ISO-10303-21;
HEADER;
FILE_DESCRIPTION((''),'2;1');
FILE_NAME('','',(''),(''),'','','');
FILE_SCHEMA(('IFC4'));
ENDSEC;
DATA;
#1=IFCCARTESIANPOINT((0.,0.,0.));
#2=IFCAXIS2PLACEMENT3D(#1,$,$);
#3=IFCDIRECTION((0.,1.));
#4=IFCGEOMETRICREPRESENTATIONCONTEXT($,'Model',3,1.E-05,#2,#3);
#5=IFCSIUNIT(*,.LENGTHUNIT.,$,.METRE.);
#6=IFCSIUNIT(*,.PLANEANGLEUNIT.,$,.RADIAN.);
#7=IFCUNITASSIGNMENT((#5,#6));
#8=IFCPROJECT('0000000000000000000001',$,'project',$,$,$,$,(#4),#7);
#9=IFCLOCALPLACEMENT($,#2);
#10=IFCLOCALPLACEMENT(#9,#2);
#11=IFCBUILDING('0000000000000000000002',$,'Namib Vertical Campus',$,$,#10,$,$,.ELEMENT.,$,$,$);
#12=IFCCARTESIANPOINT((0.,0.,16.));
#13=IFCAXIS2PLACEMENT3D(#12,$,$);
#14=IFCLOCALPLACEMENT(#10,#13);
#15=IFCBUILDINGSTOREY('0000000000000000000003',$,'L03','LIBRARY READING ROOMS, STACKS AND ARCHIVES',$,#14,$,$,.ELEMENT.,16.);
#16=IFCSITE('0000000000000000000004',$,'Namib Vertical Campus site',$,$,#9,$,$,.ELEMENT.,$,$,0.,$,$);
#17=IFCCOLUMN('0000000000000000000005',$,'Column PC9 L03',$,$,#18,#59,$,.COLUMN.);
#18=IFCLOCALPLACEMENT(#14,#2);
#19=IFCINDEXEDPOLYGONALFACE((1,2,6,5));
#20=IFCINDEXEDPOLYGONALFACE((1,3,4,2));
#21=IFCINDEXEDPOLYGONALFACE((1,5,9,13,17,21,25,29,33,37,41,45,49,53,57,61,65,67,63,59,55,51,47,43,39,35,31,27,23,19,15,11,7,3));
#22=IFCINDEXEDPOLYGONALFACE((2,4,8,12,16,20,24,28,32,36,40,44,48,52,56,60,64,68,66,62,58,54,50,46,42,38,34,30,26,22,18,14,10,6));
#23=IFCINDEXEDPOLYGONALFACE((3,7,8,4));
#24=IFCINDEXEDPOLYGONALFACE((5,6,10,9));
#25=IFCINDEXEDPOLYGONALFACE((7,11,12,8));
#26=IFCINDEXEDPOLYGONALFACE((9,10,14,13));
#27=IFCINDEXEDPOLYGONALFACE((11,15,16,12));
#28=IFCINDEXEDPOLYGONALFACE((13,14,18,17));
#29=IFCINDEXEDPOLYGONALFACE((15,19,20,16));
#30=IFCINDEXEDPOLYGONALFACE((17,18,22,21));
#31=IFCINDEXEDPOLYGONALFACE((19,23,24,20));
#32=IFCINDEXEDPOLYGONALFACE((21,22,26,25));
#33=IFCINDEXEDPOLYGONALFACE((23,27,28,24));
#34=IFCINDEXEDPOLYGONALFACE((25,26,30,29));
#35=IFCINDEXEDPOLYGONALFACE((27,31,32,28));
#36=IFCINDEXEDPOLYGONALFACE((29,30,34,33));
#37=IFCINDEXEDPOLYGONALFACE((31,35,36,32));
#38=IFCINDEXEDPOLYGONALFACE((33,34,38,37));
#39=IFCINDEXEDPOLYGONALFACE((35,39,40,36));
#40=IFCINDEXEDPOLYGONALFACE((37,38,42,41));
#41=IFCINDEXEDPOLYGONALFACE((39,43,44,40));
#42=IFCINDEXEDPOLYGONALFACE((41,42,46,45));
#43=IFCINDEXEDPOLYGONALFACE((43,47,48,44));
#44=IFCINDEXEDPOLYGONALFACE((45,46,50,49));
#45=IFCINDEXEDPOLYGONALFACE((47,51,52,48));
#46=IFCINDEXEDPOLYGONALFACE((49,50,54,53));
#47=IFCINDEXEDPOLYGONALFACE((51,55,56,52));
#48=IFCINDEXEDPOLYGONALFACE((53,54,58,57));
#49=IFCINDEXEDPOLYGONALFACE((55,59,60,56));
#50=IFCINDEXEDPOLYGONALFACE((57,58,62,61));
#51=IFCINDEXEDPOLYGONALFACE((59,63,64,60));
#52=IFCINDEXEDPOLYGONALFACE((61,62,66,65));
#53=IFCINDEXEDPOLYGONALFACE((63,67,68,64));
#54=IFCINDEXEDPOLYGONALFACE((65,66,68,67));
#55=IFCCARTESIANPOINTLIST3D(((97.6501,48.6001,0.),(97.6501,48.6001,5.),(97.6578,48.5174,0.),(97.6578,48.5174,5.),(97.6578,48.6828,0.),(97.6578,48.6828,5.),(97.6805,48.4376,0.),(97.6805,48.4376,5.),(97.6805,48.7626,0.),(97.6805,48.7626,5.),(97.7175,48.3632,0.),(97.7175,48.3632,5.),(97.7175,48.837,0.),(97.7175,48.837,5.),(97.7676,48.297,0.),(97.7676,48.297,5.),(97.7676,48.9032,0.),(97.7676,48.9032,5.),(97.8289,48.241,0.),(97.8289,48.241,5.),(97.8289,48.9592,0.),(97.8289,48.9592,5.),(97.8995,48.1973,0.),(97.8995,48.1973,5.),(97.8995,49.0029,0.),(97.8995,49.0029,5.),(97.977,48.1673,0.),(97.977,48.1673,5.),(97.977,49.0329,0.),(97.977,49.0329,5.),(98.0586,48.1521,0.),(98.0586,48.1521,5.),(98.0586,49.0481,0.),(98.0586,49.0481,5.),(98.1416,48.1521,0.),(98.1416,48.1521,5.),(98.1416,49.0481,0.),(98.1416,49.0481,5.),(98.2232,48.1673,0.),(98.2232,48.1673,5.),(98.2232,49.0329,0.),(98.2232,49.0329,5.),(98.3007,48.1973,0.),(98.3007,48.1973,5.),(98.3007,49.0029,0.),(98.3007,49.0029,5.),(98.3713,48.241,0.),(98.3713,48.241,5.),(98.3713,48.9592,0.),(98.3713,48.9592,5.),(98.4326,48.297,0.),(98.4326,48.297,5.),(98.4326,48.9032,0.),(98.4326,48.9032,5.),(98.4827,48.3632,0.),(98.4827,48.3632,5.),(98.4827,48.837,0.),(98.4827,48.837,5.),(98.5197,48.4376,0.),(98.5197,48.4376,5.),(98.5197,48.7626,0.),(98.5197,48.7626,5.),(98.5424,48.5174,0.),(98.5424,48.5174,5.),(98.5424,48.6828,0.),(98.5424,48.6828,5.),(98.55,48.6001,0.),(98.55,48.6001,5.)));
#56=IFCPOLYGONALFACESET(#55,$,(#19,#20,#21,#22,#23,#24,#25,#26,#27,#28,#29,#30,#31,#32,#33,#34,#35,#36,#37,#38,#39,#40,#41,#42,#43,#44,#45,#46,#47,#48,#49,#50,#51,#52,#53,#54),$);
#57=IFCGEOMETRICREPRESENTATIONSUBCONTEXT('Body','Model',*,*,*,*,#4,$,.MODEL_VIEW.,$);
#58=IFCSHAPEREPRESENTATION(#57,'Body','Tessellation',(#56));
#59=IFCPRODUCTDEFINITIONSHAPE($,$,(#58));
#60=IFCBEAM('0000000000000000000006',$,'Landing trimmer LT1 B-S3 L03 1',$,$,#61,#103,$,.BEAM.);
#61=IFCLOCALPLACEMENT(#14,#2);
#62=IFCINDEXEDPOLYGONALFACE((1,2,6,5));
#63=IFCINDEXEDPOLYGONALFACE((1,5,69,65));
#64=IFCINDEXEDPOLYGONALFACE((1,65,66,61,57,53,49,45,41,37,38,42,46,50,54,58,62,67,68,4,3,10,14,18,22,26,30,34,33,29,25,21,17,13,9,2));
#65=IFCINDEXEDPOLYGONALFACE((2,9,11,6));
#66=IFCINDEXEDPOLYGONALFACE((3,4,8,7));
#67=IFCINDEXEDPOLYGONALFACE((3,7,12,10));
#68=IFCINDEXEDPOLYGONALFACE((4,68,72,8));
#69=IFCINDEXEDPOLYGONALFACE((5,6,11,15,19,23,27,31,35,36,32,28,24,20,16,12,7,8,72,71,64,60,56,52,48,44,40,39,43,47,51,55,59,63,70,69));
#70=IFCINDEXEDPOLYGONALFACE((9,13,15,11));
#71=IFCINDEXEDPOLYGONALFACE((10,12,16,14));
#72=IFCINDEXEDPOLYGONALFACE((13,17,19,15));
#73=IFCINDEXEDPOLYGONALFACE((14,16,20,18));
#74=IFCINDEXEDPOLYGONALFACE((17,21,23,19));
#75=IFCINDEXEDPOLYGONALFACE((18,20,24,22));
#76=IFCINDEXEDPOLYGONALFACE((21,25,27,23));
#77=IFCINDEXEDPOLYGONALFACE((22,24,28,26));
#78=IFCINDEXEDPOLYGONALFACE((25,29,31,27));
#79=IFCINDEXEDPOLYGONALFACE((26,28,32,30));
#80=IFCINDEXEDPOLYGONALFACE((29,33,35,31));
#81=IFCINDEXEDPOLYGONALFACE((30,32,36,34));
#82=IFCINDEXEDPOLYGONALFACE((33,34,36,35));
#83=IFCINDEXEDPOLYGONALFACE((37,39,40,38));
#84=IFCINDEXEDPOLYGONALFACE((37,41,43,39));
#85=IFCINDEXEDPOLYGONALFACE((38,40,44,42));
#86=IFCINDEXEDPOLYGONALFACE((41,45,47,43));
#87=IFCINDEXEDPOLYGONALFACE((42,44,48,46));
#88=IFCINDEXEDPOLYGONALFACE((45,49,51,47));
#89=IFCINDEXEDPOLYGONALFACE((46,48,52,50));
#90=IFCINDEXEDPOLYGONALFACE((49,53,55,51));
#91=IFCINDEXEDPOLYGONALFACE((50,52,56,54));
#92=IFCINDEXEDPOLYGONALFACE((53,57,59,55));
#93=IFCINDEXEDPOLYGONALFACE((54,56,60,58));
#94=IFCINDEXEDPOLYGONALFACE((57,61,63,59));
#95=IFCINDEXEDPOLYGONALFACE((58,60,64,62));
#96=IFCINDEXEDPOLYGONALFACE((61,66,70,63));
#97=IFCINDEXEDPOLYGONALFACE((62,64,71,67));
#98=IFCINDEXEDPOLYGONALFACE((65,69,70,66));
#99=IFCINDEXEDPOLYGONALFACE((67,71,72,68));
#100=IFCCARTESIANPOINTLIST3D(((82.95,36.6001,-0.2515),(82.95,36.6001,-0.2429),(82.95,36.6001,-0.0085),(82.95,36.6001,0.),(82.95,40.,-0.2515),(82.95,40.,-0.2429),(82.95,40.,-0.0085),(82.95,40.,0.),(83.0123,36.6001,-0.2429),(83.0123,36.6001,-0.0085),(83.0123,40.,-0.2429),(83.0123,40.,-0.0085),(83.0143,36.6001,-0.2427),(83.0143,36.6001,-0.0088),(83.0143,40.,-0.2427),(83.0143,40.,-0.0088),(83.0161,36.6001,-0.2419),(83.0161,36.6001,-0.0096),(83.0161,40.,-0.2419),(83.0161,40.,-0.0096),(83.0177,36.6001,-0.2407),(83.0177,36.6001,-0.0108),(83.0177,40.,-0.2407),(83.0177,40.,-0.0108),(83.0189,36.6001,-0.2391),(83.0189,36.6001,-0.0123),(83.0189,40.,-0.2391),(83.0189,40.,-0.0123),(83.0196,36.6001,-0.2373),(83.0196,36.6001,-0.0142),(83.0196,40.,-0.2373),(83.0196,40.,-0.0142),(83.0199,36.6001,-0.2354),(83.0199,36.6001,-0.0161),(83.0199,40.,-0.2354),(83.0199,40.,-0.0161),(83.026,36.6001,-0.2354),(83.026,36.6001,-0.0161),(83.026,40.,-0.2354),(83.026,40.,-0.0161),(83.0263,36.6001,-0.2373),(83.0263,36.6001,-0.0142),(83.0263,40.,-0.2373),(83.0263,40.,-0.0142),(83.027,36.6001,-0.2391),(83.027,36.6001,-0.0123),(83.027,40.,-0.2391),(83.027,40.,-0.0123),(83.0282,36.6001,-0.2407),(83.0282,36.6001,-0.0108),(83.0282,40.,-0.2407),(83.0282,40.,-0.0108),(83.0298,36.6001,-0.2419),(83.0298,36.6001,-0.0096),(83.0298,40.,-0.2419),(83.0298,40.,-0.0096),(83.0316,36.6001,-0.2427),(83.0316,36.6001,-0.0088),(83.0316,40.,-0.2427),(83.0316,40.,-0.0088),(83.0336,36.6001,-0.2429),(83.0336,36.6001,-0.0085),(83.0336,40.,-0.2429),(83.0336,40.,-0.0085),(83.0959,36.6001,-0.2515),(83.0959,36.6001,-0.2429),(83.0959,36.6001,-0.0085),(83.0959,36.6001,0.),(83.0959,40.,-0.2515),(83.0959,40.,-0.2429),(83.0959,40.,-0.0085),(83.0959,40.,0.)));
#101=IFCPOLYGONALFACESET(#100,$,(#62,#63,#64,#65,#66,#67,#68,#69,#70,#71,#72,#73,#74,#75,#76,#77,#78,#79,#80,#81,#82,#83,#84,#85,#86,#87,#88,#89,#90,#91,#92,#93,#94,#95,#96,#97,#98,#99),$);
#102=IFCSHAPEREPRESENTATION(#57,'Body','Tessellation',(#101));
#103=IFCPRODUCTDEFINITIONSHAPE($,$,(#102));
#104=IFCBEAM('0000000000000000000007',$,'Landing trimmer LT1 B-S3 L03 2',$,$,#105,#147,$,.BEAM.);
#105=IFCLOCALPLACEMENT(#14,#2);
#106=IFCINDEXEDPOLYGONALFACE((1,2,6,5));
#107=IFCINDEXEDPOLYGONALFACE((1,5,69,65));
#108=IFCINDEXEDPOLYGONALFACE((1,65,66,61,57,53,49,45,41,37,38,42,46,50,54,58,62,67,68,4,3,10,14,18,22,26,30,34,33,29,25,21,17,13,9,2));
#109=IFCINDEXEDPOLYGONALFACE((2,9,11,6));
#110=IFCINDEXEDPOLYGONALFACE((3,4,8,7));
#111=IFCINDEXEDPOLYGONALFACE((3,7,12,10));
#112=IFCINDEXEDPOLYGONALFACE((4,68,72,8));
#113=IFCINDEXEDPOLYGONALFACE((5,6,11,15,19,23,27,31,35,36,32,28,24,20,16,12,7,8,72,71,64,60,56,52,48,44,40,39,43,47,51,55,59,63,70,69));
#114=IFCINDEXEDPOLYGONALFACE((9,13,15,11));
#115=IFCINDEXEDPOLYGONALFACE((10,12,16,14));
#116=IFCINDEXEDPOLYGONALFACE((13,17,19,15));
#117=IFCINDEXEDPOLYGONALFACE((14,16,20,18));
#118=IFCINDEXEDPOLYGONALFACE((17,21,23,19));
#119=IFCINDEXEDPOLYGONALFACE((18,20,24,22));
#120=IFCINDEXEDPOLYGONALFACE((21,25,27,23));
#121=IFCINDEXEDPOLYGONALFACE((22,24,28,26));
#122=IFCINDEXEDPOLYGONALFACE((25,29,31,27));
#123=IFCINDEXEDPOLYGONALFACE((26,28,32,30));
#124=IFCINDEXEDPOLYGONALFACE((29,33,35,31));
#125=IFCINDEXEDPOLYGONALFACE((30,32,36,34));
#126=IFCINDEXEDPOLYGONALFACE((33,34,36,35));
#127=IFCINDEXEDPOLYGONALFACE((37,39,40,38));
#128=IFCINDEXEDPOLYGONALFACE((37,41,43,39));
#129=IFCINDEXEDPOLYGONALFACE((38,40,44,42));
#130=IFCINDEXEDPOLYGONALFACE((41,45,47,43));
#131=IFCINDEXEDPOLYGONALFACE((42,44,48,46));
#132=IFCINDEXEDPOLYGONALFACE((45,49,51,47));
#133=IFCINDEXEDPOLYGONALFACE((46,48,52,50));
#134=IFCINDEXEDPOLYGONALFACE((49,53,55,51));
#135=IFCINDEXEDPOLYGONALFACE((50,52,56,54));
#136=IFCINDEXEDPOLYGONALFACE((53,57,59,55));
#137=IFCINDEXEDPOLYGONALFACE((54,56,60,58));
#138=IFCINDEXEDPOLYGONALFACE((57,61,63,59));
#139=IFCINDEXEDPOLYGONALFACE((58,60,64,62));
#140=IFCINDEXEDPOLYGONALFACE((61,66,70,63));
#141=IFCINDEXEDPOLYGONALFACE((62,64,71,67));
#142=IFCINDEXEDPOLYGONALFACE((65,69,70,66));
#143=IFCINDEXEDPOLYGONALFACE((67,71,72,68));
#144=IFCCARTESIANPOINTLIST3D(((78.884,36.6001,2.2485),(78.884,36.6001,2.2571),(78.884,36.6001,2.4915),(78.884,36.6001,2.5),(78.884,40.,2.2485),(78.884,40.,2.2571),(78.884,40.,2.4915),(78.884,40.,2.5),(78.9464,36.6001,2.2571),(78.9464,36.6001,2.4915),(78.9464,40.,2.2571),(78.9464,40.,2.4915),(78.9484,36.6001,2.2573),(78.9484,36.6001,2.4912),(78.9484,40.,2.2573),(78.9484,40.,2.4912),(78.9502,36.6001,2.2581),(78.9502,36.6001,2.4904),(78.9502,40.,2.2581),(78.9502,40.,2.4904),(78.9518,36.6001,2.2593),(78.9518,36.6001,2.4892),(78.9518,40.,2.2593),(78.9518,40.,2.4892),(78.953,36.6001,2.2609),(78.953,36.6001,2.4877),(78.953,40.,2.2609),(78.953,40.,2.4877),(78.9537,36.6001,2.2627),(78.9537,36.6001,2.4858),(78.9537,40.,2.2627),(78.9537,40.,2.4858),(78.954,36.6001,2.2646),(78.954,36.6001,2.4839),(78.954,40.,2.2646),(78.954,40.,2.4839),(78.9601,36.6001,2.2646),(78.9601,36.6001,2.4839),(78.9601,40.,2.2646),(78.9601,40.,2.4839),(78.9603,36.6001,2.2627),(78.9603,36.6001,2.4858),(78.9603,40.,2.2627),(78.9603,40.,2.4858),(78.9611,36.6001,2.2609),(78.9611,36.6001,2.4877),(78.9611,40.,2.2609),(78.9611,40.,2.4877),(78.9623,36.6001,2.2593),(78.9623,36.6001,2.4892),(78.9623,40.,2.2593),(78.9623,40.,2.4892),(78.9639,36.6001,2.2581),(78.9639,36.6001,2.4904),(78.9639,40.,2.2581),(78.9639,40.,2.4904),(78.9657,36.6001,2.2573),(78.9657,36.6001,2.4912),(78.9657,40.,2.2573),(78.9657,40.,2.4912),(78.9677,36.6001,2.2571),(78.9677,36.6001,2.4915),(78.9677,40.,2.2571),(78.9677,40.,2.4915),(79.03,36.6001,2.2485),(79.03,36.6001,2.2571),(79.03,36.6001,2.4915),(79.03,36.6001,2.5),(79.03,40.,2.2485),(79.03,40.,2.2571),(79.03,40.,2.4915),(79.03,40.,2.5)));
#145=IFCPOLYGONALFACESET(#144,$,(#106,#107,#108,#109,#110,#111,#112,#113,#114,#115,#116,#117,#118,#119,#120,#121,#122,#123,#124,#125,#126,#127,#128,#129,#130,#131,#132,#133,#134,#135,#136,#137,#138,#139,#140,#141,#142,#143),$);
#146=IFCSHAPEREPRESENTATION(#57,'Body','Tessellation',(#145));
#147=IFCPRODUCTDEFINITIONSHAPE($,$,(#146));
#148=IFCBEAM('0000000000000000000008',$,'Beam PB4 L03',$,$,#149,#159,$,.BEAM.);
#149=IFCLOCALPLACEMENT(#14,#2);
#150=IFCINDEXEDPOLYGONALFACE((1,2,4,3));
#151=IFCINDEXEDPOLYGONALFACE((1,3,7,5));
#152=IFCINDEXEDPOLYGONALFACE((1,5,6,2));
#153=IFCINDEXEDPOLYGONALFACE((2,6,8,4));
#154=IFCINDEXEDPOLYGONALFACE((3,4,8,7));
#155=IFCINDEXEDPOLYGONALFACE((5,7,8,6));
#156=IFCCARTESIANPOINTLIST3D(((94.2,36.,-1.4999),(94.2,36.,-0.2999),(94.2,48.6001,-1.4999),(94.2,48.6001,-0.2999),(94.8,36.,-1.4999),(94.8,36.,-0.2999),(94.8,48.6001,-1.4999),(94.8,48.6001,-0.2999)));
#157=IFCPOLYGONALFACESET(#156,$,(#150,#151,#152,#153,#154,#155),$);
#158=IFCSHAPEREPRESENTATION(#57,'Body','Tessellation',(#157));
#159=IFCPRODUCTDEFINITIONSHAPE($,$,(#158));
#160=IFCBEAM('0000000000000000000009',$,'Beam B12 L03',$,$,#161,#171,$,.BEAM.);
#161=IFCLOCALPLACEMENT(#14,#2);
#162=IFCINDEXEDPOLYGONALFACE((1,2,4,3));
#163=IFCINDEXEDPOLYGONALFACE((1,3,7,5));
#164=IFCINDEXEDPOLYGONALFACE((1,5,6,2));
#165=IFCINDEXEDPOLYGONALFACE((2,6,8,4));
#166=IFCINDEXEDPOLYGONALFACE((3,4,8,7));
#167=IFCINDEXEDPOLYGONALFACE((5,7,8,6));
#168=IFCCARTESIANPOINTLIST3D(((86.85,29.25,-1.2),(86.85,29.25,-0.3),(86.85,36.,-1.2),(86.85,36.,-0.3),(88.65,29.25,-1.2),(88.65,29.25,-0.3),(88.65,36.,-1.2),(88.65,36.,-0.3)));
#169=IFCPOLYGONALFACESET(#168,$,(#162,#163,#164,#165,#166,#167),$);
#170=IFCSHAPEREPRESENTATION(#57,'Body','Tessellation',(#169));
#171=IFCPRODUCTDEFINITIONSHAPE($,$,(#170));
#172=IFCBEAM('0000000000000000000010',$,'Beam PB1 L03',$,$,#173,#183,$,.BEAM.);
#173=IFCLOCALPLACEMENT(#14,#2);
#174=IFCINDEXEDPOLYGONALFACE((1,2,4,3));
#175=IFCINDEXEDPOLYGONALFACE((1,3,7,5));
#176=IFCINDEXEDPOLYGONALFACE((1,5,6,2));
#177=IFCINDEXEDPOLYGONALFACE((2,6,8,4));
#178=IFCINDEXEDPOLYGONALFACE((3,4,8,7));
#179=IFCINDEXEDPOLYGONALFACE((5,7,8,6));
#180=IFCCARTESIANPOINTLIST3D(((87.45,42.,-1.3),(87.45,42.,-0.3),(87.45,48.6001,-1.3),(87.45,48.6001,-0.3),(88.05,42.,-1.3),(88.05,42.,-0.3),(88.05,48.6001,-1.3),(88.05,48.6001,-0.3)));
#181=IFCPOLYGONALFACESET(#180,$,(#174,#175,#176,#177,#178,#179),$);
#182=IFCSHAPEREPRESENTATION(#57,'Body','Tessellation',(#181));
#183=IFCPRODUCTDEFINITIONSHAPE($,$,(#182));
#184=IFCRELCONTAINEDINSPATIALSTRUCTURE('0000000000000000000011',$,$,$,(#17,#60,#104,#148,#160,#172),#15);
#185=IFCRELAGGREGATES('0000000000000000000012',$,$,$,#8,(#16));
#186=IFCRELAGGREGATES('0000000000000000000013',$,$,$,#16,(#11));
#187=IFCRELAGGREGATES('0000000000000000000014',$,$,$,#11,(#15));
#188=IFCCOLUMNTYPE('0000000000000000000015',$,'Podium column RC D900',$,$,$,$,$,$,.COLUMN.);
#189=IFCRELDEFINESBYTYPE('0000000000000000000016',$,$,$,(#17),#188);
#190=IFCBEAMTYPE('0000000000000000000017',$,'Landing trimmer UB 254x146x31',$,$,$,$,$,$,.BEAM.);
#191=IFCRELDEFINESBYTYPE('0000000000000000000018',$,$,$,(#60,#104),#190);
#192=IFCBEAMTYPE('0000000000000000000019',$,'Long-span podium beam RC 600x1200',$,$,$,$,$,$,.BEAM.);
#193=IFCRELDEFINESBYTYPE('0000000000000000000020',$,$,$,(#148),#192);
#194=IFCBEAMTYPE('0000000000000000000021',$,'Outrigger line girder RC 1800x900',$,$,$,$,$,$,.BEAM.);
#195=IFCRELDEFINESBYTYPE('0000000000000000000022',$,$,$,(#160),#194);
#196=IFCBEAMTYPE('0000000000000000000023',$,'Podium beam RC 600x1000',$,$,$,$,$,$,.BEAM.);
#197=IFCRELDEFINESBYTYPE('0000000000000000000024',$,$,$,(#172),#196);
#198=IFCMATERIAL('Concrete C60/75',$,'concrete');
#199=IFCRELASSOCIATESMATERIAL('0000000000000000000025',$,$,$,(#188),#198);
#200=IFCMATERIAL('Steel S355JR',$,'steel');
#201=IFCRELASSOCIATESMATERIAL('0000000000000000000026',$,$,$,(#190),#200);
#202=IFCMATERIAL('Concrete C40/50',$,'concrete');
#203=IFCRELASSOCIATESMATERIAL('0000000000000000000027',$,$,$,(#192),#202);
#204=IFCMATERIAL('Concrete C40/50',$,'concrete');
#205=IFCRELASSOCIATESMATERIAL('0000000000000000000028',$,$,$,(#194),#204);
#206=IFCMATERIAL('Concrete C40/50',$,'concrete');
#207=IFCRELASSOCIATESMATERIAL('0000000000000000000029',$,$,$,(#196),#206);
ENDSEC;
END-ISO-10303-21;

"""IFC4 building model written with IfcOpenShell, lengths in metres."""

from ifc_helpers import new_model, si_unit, direction, frame, origin, origin_2d, place, context, subcontext, project, spatial, rectangle, circle, i_section, extrude, material, material_profile, profile_set, type_object, element, save


model = new_model("IFC4")

# Units and contexts
model_context = context("Model", 3, precision=1e-05, world=origin(), true_north=direction((0.0, 1.0)))
body_context = subcontext(model_context, "Body", "Model", "MODEL_VIEW")
ifc_project = project(units=[si_unit("LENGTHUNIT", "METRE"), si_unit("PLANEANGLEUNIT", "RADIAN")], contexts=[model_context])

# Site, building, storey
site_placement = place(None, origin())
site = spatial("IfcSite", under=ifc_project, at=site_placement, Name="Namib Vertical Campus site", CompositionType="ELEMENT", RefElevation=0.0)
building_placement = place(site_placement, origin())
building = spatial("IfcBuilding", under=site, at=building_placement, Name="Namib Vertical Campus", CompositionType="ELEMENT")
storey_placement = place(building_placement, frame((0.0, 0.0, 16.0)))
storey = spatial("IfcBuildingStorey", under=building, at=storey_placement, Name="L03", Description="LIBRARY READING ROOMS, STACKS AND ARCHIVES", CompositionType="ELEMENT", Elevation=16.0)

# Column
ifc_material_1 = material(Name="Concrete C60/75", Category="concrete")
ifc_material_profile_1 = material_profile(ifc_material_1, circle(Radius=0.45, at=origin_2d()))
ifc_profile_set_1 = profile_set([ifc_material_profile_1], Name="Concrete C60/75")
column_type_1 = type_object("IfcColumnType", Name="Podium column RC D900", PredefinedType="COLUMN", material=ifc_profile_set_1)
for number, where, z_axis, x_axis, name in (
    (1, (98.1001, 48.6001, 0.0), (0.0, 0.0, 1.0), (1.0, 0.0, 0.0), "Column PC9 L03"),
):
    element("IfcColumn", number, at=place(storey_placement, frame(where, z_axis=z_axis, x_axis=x_axis)), inside=storey, type_object=column_type_1, Name=name, PredefinedType="COLUMN", context=body_context, shape_type="SweptSolid", body=[
        extrude(circle(Radius=0.45, at=origin_2d()), origin(), (0.0, 0.0, 1.0), 5.0),
    ])

# Beams
ifc_material_2 = material(Name="Steel S355JR", Category="steel")
ifc_material_profile_2 = material_profile(ifc_material_2, i_section(OverallWidth=0.146, OverallDepth=0.2515, WebThickness=0.0061, FlangeThickness=0.0085, FilletRadius=0.0076, at=origin_2d()))
ifc_profile_set_2 = profile_set([ifc_material_profile_2], Name="Steel S355JR")
beam_type_1 = type_object("IfcBeamType", Name="Landing trimmer UB 254x146x31", PredefinedType="BEAM", material=ifc_profile_set_2)
for number, where, z_axis, x_axis, name in (
    (2, (83.0229, 36.6001, -0.1257), (0.0, 1.0, 0.0), (-1.0, 0.0, 0.0), "Landing trimmer LT1 B-S3 L03 1"),
    (3, (78.957, 36.6001, 2.3743), (0.0, 1.0, 0.0), (-1.0, 0.0, 0.0), "Landing trimmer LT1 B-S3 L03 2"),
):
    element("IfcBeam", number, at=place(storey_placement, frame(where, z_axis=z_axis, x_axis=x_axis)), inside=storey, type_object=beam_type_1, Name=name, PredefinedType="BEAM", context=body_context, shape_type="SweptSolid", body=[
        extrude(i_section(OverallWidth=0.146, OverallDepth=0.2515, WebThickness=0.0061, FlangeThickness=0.0085, FilletRadius=0.0076, at=origin_2d()), origin(), (0.0, 0.0, 1.0), 3.3999),
    ])
ifc_material_3 = material(Name="Concrete C40/50", Category="concrete")
ifc_material_profile_3 = material_profile(ifc_material_3, rectangle(XDim=0.6001, YDim=1.2, at=origin_2d()))
ifc_profile_set_3 = profile_set([ifc_material_profile_3], Name="Concrete C40/50")
beam_type_2 = type_object("IfcBeamType", Name="Long-span podium beam RC 600x1200", PredefinedType="BEAM", material=ifc_profile_set_3)
beam_1_placement = place(storey_placement, frame((94.5, 36.0, -0.8999), z_axis=(0.0, 1.0, 0.0), x_axis=(-1.0, 0.0, 0.0)))
element("IfcBeam", 4, at=beam_1_placement, inside=storey, type_object=beam_type_2, Name="Beam PB4 L03", PredefinedType="BEAM", context=body_context, shape_type="SweptSolid", body=[
    extrude(rectangle(XDim=0.6001, YDim=1.2, at=origin_2d()), origin(), (0.0, 0.0, 1.0), 12.6001),
])
ifc_material_4 = material(Name="Concrete C40/50", Category="concrete")
ifc_material_profile_4 = material_profile(ifc_material_4, rectangle(XDim=1.8, YDim=0.8999, at=origin_2d()))
ifc_profile_set_4 = profile_set([ifc_material_profile_4], Name="Concrete C40/50")
beam_type_3 = type_object("IfcBeamType", Name="Outrigger line girder RC 1800x900", PredefinedType="BEAM", material=ifc_profile_set_4)
beam_2_placement = place(storey_placement, frame((87.75, 36.0, -0.75), z_axis=(0.0, -1.0, 0.0), x_axis=(1.0, 0.0, 0.0)))
element("IfcBeam", 5, at=beam_2_placement, inside=storey, type_object=beam_type_3, Name="Beam B12 L03", PredefinedType="BEAM", context=body_context, shape_type="SweptSolid", body=[
    extrude(rectangle(XDim=1.8, YDim=0.8999, at=origin_2d()), origin(), (0.0, 0.0, 1.0), 6.75),
])
ifc_material_5 = material(Name="Concrete C40/50", Category="concrete")
ifc_material_profile_5 = material_profile(ifc_material_5, rectangle(XDim=0.6001, YDim=1.0, at=origin_2d()))
ifc_profile_set_5 = profile_set([ifc_material_profile_5], Name="Concrete C40/50")
beam_type_4 = type_object("IfcBeamType", Name="Podium beam RC 600x1000", PredefinedType="BEAM", material=ifc_profile_set_5)
beam_3_placement = place(storey_placement, frame((87.75, 42.0, -0.8), z_axis=(0.0, 1.0, 0.0), x_axis=(-1.0, 0.0, 0.0)))
element("IfcBeam", 6, at=beam_3_placement, inside=storey, type_object=beam_type_4, Name="Beam PB1 L03", PredefinedType="BEAM", context=body_context, shape_type="SweptSolid", body=[
    extrude(rectangle(XDim=0.6001, YDim=1.0, at=origin_2d()), origin(), (0.0, 0.0, 1.0), 6.6001),
])

save(model, "model.ifc")
